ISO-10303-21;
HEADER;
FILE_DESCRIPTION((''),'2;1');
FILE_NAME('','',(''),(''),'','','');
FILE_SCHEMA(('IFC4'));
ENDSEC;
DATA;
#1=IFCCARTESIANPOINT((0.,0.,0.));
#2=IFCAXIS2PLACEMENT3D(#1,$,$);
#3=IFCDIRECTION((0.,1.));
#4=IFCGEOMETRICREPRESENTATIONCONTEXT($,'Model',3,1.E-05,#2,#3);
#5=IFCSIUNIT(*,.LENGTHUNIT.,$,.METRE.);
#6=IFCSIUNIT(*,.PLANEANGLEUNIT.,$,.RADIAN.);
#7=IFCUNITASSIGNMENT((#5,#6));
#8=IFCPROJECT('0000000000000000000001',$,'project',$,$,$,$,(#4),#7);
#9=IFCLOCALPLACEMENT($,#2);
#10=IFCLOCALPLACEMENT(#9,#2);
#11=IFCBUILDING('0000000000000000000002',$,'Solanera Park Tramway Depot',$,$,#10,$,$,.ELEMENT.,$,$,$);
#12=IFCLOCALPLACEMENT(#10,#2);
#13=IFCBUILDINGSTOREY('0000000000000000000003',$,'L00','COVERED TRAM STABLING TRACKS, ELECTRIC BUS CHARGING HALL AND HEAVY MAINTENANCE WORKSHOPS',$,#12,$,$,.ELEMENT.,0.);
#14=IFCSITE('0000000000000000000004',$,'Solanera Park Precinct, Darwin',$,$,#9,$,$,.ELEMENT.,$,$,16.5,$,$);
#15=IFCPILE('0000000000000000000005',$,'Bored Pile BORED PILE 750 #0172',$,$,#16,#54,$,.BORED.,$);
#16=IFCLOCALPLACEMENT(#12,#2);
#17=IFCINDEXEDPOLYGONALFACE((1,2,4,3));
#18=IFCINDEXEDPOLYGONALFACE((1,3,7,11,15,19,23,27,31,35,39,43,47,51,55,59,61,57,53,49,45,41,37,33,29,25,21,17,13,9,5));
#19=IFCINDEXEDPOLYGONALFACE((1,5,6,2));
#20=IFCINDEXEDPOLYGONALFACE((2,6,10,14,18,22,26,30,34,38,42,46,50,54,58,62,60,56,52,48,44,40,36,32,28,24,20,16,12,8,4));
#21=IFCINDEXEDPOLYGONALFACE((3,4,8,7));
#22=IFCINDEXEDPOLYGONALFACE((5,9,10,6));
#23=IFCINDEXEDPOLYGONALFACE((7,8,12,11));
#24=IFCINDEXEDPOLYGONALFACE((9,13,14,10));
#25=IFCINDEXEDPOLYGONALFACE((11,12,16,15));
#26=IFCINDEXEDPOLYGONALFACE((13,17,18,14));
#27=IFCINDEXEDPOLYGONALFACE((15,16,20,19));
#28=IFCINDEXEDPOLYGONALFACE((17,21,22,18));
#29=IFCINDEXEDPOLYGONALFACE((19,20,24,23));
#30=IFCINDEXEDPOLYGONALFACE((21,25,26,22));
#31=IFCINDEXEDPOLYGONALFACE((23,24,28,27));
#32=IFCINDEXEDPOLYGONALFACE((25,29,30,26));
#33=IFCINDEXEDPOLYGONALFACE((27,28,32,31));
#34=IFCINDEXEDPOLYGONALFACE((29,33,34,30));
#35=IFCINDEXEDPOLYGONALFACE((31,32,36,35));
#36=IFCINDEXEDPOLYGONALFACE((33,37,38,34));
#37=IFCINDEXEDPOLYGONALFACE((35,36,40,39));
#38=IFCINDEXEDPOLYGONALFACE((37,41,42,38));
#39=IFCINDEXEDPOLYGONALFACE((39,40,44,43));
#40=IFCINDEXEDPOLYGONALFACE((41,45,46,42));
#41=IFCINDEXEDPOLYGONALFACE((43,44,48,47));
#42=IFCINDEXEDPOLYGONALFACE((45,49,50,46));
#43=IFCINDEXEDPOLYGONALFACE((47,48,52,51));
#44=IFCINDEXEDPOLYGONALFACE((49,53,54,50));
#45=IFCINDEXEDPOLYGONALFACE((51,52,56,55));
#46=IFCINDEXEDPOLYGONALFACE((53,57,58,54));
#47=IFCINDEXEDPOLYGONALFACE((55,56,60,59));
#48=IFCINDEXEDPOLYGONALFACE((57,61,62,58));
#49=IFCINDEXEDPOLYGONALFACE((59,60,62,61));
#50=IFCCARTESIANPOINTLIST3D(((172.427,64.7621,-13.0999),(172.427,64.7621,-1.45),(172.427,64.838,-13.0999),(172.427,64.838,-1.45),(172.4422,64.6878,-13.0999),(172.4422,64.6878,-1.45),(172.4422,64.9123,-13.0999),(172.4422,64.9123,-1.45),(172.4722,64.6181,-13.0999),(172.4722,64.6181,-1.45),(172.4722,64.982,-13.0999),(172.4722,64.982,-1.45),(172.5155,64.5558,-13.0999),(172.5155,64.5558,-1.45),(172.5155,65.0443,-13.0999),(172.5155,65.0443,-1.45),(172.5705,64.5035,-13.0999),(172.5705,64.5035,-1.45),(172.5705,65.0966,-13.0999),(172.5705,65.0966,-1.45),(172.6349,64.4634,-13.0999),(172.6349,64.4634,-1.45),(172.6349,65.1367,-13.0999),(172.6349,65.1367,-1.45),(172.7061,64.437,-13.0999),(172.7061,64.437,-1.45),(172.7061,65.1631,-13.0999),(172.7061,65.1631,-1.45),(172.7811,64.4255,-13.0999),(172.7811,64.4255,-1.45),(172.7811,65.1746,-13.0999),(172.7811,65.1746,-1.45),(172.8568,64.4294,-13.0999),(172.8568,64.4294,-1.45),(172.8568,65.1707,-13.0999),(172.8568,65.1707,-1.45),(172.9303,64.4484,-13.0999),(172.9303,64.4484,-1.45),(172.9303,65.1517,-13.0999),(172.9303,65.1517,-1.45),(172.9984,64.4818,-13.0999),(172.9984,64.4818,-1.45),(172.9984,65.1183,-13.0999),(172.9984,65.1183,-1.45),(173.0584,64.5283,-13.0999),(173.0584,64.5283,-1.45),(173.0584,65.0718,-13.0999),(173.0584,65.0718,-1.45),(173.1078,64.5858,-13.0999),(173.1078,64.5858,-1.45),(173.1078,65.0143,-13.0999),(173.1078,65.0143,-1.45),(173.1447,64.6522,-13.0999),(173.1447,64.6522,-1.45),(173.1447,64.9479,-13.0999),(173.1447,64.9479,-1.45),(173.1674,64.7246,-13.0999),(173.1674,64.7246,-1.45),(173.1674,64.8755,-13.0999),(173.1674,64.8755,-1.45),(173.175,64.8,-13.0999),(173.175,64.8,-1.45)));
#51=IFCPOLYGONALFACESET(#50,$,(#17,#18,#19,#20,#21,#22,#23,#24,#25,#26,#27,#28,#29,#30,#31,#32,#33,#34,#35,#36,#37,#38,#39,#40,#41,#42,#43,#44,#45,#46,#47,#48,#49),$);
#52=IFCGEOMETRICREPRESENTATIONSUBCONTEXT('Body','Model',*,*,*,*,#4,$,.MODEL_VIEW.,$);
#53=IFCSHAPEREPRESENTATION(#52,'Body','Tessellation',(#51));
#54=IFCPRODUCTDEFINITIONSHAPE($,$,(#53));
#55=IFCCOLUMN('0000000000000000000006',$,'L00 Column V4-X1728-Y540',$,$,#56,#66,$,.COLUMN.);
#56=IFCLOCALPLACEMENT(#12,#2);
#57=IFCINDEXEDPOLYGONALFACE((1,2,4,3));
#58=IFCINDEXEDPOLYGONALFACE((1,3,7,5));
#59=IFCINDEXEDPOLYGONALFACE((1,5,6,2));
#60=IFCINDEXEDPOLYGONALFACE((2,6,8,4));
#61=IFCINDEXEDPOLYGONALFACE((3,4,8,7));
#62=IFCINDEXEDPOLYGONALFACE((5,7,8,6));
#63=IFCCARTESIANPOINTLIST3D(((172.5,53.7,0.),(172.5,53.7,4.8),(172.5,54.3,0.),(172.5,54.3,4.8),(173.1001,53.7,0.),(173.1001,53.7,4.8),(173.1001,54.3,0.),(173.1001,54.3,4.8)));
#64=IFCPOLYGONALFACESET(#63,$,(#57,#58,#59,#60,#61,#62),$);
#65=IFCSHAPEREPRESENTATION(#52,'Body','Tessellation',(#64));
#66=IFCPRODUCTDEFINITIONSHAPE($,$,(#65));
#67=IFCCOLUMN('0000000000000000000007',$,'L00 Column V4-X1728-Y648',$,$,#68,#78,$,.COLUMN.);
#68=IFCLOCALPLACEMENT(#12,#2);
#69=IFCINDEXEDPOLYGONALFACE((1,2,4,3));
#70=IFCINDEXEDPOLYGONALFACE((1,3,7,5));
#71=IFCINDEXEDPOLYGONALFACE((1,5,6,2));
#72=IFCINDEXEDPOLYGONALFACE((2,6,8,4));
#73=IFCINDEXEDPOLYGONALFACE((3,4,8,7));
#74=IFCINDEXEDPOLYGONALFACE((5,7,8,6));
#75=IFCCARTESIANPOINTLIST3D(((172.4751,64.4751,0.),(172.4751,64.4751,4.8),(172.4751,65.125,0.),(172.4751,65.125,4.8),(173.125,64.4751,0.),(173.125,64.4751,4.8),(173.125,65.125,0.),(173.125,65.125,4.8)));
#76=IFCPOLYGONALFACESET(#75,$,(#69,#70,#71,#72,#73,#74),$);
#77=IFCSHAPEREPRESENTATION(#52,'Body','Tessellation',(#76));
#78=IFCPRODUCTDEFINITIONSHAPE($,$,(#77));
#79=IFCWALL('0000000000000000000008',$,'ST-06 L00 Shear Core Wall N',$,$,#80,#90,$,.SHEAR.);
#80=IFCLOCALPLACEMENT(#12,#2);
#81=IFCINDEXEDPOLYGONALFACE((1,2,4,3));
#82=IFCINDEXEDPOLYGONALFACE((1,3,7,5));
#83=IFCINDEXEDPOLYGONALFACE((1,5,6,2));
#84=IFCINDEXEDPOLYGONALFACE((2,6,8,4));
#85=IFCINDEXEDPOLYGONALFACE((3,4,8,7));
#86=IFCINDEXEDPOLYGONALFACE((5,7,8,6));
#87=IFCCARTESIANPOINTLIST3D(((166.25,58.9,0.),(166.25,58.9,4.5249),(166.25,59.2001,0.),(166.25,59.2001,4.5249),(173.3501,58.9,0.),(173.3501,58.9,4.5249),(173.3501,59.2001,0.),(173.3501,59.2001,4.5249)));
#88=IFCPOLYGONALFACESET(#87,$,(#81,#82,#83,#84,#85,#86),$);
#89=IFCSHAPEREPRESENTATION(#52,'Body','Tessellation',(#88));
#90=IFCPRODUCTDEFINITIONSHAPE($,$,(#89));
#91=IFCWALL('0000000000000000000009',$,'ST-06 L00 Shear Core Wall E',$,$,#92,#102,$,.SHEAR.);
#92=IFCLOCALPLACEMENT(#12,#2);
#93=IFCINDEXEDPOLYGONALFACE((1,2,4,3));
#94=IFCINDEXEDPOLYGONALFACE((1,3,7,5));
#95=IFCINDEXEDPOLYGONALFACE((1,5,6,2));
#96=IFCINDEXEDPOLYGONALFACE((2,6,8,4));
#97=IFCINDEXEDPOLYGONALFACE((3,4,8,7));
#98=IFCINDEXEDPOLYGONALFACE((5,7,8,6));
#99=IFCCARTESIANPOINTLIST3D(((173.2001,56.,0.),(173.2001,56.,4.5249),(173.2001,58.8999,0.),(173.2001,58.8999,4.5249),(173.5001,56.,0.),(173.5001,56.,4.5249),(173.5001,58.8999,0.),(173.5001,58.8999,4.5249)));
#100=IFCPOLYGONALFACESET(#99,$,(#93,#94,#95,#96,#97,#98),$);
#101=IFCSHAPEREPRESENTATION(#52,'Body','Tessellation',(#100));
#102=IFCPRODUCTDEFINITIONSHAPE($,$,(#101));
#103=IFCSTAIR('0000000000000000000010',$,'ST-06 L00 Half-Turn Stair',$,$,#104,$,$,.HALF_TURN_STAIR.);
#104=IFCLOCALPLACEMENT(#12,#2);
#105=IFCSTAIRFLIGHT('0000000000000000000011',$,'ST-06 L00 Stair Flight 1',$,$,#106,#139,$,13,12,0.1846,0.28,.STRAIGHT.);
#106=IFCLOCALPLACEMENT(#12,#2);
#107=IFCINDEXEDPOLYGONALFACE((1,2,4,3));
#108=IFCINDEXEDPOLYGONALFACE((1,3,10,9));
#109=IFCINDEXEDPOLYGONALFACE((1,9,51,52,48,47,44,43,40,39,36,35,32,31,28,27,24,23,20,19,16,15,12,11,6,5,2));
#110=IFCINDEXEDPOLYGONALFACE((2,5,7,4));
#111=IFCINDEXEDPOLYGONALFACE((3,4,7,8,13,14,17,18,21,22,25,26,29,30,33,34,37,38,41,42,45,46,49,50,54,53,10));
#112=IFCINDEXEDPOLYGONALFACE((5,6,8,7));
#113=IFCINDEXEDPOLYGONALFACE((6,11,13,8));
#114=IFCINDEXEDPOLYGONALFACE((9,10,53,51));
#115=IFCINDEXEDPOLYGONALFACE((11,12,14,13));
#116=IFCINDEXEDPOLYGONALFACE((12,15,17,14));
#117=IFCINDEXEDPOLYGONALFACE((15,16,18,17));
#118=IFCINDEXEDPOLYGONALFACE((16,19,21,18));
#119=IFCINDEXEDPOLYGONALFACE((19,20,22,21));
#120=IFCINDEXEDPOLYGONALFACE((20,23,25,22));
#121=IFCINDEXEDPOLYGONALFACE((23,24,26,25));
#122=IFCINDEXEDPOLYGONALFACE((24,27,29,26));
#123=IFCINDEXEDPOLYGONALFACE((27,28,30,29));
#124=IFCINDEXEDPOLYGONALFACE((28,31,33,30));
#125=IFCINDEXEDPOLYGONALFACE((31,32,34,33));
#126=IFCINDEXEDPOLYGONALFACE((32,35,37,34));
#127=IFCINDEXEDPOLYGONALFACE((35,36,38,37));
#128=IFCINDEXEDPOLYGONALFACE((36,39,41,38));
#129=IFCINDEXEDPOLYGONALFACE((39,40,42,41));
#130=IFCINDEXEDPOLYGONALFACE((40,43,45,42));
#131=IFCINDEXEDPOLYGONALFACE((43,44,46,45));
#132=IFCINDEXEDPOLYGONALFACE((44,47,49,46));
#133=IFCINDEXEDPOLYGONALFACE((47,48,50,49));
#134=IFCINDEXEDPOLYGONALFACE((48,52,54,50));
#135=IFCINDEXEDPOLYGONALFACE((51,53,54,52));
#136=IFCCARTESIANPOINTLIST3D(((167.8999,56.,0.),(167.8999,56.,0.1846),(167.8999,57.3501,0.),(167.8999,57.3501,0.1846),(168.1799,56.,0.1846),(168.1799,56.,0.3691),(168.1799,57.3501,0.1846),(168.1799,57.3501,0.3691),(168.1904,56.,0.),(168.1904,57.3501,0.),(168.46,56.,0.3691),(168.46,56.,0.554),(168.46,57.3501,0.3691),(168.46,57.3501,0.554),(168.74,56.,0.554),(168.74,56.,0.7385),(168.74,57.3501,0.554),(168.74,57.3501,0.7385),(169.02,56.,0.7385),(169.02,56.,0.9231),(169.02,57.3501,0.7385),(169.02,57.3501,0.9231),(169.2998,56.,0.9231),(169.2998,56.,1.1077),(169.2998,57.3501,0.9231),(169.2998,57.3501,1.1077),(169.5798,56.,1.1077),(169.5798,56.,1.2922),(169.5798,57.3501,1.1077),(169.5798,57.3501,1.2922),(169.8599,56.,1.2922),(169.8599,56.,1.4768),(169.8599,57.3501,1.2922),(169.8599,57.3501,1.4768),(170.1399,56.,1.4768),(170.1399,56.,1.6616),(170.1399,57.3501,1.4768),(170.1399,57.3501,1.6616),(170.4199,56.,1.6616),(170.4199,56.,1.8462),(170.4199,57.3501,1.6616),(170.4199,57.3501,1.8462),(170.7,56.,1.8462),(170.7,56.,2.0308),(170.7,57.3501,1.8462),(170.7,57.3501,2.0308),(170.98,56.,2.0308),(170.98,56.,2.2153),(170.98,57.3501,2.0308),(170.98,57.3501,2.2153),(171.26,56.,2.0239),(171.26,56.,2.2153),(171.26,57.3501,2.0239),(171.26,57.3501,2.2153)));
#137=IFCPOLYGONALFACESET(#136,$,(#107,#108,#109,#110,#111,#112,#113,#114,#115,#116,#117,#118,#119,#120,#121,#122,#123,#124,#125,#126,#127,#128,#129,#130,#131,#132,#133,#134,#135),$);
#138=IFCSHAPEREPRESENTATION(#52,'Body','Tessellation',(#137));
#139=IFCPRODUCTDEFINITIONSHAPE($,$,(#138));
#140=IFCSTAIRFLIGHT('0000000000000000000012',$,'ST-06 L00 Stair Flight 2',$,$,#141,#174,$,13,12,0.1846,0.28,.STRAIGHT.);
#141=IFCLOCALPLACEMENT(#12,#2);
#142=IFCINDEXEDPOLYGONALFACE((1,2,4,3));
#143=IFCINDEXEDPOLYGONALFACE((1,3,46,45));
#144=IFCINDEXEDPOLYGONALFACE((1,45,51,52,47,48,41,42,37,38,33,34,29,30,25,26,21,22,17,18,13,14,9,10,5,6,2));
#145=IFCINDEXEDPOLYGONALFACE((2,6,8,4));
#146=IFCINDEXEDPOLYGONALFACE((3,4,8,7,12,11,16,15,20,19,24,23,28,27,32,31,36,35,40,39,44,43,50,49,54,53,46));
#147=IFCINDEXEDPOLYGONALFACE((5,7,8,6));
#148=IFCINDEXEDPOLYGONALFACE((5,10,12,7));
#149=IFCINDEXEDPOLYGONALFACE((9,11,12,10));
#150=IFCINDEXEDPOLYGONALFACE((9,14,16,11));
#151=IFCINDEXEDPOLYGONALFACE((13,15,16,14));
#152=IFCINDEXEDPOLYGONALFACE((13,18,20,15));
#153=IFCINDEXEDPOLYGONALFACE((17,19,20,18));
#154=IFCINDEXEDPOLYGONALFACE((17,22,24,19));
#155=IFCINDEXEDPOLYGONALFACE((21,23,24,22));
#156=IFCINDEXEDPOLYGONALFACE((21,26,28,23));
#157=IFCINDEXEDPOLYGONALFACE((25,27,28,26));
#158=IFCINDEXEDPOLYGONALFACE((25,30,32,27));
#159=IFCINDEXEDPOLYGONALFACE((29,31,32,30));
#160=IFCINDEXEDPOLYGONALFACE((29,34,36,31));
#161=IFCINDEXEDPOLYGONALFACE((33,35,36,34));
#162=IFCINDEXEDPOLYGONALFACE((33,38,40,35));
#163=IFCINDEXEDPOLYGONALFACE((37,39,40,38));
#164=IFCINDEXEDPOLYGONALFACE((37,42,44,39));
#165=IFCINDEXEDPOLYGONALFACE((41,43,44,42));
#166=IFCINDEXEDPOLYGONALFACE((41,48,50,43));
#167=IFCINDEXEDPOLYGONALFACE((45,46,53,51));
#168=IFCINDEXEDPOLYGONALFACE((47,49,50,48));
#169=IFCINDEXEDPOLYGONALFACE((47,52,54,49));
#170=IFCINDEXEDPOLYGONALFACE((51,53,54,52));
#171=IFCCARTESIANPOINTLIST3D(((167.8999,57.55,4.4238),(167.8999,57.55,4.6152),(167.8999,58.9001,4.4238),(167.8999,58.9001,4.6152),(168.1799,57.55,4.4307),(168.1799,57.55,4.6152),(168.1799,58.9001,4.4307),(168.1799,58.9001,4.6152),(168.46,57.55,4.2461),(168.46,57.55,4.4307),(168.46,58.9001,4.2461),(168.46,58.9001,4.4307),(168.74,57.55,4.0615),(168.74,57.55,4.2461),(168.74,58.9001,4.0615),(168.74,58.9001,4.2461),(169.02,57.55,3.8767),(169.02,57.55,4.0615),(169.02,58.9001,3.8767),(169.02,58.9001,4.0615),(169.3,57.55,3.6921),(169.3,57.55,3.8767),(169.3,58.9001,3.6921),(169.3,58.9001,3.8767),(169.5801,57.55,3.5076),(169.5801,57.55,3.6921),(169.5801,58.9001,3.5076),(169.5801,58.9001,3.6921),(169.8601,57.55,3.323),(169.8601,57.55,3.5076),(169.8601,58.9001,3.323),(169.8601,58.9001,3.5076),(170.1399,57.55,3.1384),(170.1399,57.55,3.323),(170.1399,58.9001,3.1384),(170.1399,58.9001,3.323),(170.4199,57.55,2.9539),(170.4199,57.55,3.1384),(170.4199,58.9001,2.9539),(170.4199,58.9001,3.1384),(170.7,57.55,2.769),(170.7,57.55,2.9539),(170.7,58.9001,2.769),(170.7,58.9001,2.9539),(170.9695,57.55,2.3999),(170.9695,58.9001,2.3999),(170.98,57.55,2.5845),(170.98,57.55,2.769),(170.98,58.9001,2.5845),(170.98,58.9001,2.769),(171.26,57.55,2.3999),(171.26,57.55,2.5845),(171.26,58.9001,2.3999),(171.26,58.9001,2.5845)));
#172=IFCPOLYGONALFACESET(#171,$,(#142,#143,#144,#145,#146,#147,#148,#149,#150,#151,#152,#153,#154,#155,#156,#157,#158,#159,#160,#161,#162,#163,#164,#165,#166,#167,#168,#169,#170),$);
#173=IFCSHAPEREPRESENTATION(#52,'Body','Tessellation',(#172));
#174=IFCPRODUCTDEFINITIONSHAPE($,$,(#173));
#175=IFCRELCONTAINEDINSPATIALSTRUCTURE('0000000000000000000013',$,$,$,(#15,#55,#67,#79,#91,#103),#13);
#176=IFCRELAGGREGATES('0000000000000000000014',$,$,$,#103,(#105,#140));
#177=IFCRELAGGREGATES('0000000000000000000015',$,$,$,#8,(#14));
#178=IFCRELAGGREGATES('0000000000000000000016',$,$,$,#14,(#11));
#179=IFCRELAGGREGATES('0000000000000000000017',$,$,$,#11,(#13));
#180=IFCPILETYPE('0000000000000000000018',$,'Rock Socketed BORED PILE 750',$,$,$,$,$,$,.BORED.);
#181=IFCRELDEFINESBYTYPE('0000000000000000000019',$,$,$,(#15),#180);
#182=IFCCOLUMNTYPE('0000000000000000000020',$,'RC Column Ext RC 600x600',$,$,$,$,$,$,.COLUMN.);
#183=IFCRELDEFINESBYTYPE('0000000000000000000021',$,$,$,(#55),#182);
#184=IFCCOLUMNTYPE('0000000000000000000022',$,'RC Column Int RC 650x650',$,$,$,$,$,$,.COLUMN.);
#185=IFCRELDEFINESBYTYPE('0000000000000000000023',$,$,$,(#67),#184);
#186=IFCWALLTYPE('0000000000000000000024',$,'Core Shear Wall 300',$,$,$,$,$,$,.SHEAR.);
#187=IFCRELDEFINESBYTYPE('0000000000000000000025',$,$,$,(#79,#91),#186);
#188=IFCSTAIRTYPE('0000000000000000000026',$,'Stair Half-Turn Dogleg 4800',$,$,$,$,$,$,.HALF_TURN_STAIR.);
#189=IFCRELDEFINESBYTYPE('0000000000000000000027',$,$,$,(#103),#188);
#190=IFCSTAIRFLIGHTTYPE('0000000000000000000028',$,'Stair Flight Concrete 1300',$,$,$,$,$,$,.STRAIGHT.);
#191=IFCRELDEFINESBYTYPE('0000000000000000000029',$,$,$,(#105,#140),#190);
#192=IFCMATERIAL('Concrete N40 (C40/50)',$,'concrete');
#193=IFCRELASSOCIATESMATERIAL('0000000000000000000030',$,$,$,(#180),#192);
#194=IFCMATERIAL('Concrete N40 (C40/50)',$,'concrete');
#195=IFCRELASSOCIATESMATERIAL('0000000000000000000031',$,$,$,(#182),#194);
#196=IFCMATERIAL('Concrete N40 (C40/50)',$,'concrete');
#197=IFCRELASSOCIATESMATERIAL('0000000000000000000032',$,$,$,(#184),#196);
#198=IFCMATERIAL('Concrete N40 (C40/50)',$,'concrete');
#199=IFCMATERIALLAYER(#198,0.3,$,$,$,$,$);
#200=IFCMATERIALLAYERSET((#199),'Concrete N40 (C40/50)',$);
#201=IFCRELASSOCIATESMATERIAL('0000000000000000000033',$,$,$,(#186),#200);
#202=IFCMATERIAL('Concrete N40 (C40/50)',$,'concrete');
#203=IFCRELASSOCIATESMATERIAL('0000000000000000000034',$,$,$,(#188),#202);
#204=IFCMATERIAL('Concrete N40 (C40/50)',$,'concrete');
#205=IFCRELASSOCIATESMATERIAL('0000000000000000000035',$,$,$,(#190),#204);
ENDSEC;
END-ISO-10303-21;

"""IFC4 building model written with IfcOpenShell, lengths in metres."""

from ifc_helpers import new_model, si_unit, direction, frame, frame_2d, origin, origin_2d, place, context, subcontext, project, spatial, polyline, rectangle, circle, outline, extrude, material, layer, layer_set, material_profile, profile_set, type_object, element, aggregate, save


model = new_model("IFC4")

# Units and contexts
model_context = context("Model", 3, precision=1e-05, world=origin(), true_north=direction((0.0, 1.0)))
body_context = subcontext(model_context, "Body", "Model", "MODEL_VIEW")
ifc_project = project(units=[si_unit("LENGTHUNIT", "METRE"), si_unit("PLANEANGLEUNIT", "RADIAN")], contexts=[model_context])

# Site, building, storey
site_placement = place(None, origin())
site = spatial("IfcSite", under=ifc_project, at=site_placement, Name="Solanera Park Precinct, Darwin", CompositionType="ELEMENT", RefElevation=16.5)
building_placement = place(site_placement, origin())
building = spatial("IfcBuilding", under=site, at=building_placement, Name="Solanera Park Tramway Depot", CompositionType="ELEMENT")
storey_placement = place(building_placement, origin())
storey = spatial("IfcBuildingStorey", under=building, at=storey_placement, Name="L00", Description="COVERED TRAM STABLING TRACKS, ELECTRIC BUS CHARGING HALL AND HEAVY MAINTENANCE WORKSHOPS", CompositionType="ELEMENT", Elevation=0.0)

# Pile
ifc_material_1 = material(Name="Concrete N40 (C40/50)", Category="concrete")
ifc_material_profile_1 = material_profile(ifc_material_1, circle(Radius=0.375, at=origin_2d()), Name="BORED PILE 750")
ifc_profile_set_1 = profile_set([ifc_material_profile_1], Name="Concrete N40 (C40/50)")
pile_type_1 = type_object("IfcPileType", Name="Rock Socketed BORED PILE 750", PredefinedType="BORED", material=ifc_profile_set_1)
pile_placement = place(storey_placement, frame((172.8, 64.8, -1.45), z_axis=(0.0, 0.0, -1.0), x_axis=(1.0, 0.0, 0.0)))
element("IfcPile", 1, at=pile_placement, inside=storey, type_object=pile_type_1, Name="Bored Pile BORED PILE 750 #0172", PredefinedType="BORED", context=body_context, shape_type="SweptSolid", body=[
    extrude(circle(Radius=0.375, at=origin_2d()), origin(), (0.0, 0.0, 1.0), 11.6499),
])

# Columns
ifc_material_2 = material(Name="Concrete N40 (C40/50)", Category="concrete")
ifc_material_profile_2 = material_profile(ifc_material_2, rectangle(XDim=0.6001, YDim=0.6001, at=origin_2d()), Name="RC 600x600")
ifc_profile_set_2 = profile_set([ifc_material_profile_2], Name="Concrete N40 (C40/50)")
column_type_1 = type_object("IfcColumnType", Name="RC Column Ext RC 600x600", PredefinedType="COLUMN", material=ifc_profile_set_2)
column_1_placement = place(storey_placement, frame((172.8, 54.0, 0.0), z_axis=(0.0, 0.0, 1.0), x_axis=(1.0, 0.0, 0.0)))
element("IfcColumn", 2, at=column_1_placement, inside=storey, type_object=column_type_1, Name="L00 Column V4-X1728-Y540", PredefinedType="COLUMN", context=body_context, shape_type="SweptSolid", body=[
    extrude(rectangle(XDim=0.6001, YDim=0.6001, at=origin_2d()), origin(), (0.0, 0.0, 1.0), 4.8),
])
ifc_material_3 = material(Name="Concrete N40 (C40/50)", Category="concrete")
ifc_material_profile_3 = material_profile(ifc_material_3, rectangle(XDim=0.6499, YDim=0.6499, at=origin_2d()), Name="RC 650x650")
ifc_profile_set_3 = profile_set([ifc_material_profile_3], Name="Concrete N40 (C40/50)")
column_type_2 = type_object("IfcColumnType", Name="RC Column Int RC 650x650", PredefinedType="COLUMN", material=ifc_profile_set_3)
column_2_placement = place(storey_placement, frame((172.8, 64.8, 0.0), z_axis=(0.0, 0.0, 1.0), x_axis=(1.0, 0.0, 0.0)))
element("IfcColumn", 3, at=column_2_placement, inside=storey, type_object=column_type_2, Name="L00 Column V4-X1728-Y648", PredefinedType="COLUMN", context=body_context, shape_type="SweptSolid", body=[
    extrude(rectangle(XDim=0.6499, YDim=0.6499, at=origin_2d()), origin(), (0.0, 0.0, 1.0), 4.8),
])

# Walls
ifc_material_4 = material(Name="Concrete N40 (C40/50)", Category="concrete")
ifc_layer_1 = layer(ifc_material_4, 0.3)
ifc_layer_set_1 = layer_set([ifc_layer_1], Name="Concrete N40 (C40/50)")
wall_type = type_object("IfcWallType", Name="Core Shear Wall 300", PredefinedType="SHEAR", material=ifc_layer_set_1)
wall_1_placement = place(storey_placement, frame((173.3501, 59.05, 0.0), z_axis=(0.0, 0.0, 1.0), x_axis=(-1.0, 0.0, 0.0)))
element("IfcWall", 4, at=wall_1_placement, inside=storey, type_object=wall_type, Name="ST-06 L00 Shear Core Wall N", PredefinedType="SHEAR", context=body_context, shape_type="SweptSolid", body=[
    extrude(rectangle(XDim=7.1001, YDim=0.3, at=frame_2d((3.55, 0.0))), origin(), (0.0, 0.0, 1.0), 4.5249),
])
wall_2_placement = place(storey_placement, frame((173.3501, 56.0, 0.0), z_axis=(0.0, 0.0, 1.0), x_axis=(0.0, 1.0, 0.0)))
element("IfcWall", 5, at=wall_2_placement, inside=storey, type_object=wall_type, Name="ST-06 L00 Shear Core Wall E", PredefinedType="SHEAR", context=body_context, shape_type="SweptSolid", body=[
    extrude(rectangle(XDim=2.8999, YDim=0.3, at=frame_2d((1.45, 0.0))), origin(), (0.0, 0.0, 1.0), 4.5249),
])

# Stair, stair flights
ifc_material_5 = material(Name="Concrete N40 (C40/50)", Category="concrete")
stair_type = type_object("IfcStairType", Name="Stair Half-Turn Dogleg 4800", PredefinedType="HALF_TURN_STAIR", material=ifc_material_5)
stair_placement = place(storey_placement, origin())
stair = element("IfcStair", 6, at=stair_placement, inside=storey, type_object=stair_type, Name="ST-06 L00 Half-Turn Stair", PredefinedType="HALF_TURN_STAIR")
ifc_material_6 = material(Name="Concrete N40 (C40/50)", Category="concrete")
stair_flight_type = type_object("IfcStairFlightType", Name="Stair Flight Concrete 1300", PredefinedType="STRAIGHT", material=ifc_material_6)
stair_flight_1_placement = place(storey_placement, frame((167.8999, 56.675, 0.0), z_axis=(0.0, 0.0, 1.0), x_axis=(1.0, 0.0, 0.0)))
stair_flight_1 = element("IfcStairFlight", 7, at=stair_flight_1_placement, type_object=stair_flight_type, Name="ST-06 L00 Stair Flight 1", NumberOfRisers=13, NumberOfTreads=12, PredefinedType="STRAIGHT", RiserHeight=0.1846, TreadLength=0.28, context=body_context, shape_type="SweptSolid", body=[
    extrude(outline(polyline([(0.0, 0.0), (0.0, 0.1846), (0.28, 0.1846), (0.28, 0.3691), (0.5601, 0.3691), (0.5601, 0.554), (0.8401, 0.554), (0.8401, 0.7385), (1.1201, 0.7385), (1.1201, 0.9231), (1.3999, 0.9231), (1.3999, 1.1077), (1.6799, 1.1077), (1.6799, 1.2922), (1.96, 1.2922), (1.96, 1.4768), (2.24, 1.4768), (2.24, 1.6616), (2.52, 1.6616), (2.52, 1.8462), (2.8, 1.8462), (2.8, 2.0308), (3.0801, 2.0308), (3.0801, 2.2153), (3.3601, 2.2153), (3.3601, 2.3999), (3.3601, 2.0239), (0.2905, 0.0), (0.0, 0.0)])), frame((0.0, 0.675, 0.0), z_axis=(0.0, -1.0, 0.0), x_axis=(1.0, 0.0, 0.0)), (0.0, 0.0, 1.0), 1.3501),
])
stair_flight_2_placement = place(storey_placement, frame((171.26, 58.2251, 2.3999), z_axis=(0.0, 0.0, 1.0), x_axis=(-1.0, 0.0, 0.0)))
stair_flight_2 = element("IfcStairFlight", 8, at=stair_flight_2_placement, type_object=stair_flight_type, Name="ST-06 L00 Stair Flight 2", NumberOfRisers=13, NumberOfTreads=12, PredefinedType="STRAIGHT", RiserHeight=0.1846, TreadLength=0.28, context=body_context, shape_type="SweptSolid", body=[
    extrude(outline(polyline([(0.0, 0.0), (0.0, 0.1846), (0.28, 0.1846), (0.28, 0.3691), (0.5601, 0.3691), (0.5601, 0.554), (0.8401, 0.554), (0.8401, 0.7385), (1.1201, 0.7385), (1.1201, 0.9231), (1.3999, 0.9231), (1.3999, 1.1077), (1.6799, 1.1077), (1.6799, 1.2922), (1.96, 1.2922), (1.96, 1.4768), (2.24, 1.4768), (2.24, 1.6616), (2.52, 1.6616), (2.52, 1.8462), (2.8, 1.8462), (2.8, 2.0308), (3.0801, 2.0308), (3.0801, 2.2153), (3.3601, 2.2153), (3.3601, 2.3999), (3.3601, 2.0239), (0.2905, 0.0), (0.0, 0.0)])), frame((0.0, 0.675, 0.0), z_axis=(0.0, -1.0, 0.0), x_axis=(1.0, 0.0, 0.0)), (0.0, 0.0, 1.0), 1.3501),
])
aggregate(stair, [stair_flight_1, stair_flight_2])

save(model, "model.ifc")
